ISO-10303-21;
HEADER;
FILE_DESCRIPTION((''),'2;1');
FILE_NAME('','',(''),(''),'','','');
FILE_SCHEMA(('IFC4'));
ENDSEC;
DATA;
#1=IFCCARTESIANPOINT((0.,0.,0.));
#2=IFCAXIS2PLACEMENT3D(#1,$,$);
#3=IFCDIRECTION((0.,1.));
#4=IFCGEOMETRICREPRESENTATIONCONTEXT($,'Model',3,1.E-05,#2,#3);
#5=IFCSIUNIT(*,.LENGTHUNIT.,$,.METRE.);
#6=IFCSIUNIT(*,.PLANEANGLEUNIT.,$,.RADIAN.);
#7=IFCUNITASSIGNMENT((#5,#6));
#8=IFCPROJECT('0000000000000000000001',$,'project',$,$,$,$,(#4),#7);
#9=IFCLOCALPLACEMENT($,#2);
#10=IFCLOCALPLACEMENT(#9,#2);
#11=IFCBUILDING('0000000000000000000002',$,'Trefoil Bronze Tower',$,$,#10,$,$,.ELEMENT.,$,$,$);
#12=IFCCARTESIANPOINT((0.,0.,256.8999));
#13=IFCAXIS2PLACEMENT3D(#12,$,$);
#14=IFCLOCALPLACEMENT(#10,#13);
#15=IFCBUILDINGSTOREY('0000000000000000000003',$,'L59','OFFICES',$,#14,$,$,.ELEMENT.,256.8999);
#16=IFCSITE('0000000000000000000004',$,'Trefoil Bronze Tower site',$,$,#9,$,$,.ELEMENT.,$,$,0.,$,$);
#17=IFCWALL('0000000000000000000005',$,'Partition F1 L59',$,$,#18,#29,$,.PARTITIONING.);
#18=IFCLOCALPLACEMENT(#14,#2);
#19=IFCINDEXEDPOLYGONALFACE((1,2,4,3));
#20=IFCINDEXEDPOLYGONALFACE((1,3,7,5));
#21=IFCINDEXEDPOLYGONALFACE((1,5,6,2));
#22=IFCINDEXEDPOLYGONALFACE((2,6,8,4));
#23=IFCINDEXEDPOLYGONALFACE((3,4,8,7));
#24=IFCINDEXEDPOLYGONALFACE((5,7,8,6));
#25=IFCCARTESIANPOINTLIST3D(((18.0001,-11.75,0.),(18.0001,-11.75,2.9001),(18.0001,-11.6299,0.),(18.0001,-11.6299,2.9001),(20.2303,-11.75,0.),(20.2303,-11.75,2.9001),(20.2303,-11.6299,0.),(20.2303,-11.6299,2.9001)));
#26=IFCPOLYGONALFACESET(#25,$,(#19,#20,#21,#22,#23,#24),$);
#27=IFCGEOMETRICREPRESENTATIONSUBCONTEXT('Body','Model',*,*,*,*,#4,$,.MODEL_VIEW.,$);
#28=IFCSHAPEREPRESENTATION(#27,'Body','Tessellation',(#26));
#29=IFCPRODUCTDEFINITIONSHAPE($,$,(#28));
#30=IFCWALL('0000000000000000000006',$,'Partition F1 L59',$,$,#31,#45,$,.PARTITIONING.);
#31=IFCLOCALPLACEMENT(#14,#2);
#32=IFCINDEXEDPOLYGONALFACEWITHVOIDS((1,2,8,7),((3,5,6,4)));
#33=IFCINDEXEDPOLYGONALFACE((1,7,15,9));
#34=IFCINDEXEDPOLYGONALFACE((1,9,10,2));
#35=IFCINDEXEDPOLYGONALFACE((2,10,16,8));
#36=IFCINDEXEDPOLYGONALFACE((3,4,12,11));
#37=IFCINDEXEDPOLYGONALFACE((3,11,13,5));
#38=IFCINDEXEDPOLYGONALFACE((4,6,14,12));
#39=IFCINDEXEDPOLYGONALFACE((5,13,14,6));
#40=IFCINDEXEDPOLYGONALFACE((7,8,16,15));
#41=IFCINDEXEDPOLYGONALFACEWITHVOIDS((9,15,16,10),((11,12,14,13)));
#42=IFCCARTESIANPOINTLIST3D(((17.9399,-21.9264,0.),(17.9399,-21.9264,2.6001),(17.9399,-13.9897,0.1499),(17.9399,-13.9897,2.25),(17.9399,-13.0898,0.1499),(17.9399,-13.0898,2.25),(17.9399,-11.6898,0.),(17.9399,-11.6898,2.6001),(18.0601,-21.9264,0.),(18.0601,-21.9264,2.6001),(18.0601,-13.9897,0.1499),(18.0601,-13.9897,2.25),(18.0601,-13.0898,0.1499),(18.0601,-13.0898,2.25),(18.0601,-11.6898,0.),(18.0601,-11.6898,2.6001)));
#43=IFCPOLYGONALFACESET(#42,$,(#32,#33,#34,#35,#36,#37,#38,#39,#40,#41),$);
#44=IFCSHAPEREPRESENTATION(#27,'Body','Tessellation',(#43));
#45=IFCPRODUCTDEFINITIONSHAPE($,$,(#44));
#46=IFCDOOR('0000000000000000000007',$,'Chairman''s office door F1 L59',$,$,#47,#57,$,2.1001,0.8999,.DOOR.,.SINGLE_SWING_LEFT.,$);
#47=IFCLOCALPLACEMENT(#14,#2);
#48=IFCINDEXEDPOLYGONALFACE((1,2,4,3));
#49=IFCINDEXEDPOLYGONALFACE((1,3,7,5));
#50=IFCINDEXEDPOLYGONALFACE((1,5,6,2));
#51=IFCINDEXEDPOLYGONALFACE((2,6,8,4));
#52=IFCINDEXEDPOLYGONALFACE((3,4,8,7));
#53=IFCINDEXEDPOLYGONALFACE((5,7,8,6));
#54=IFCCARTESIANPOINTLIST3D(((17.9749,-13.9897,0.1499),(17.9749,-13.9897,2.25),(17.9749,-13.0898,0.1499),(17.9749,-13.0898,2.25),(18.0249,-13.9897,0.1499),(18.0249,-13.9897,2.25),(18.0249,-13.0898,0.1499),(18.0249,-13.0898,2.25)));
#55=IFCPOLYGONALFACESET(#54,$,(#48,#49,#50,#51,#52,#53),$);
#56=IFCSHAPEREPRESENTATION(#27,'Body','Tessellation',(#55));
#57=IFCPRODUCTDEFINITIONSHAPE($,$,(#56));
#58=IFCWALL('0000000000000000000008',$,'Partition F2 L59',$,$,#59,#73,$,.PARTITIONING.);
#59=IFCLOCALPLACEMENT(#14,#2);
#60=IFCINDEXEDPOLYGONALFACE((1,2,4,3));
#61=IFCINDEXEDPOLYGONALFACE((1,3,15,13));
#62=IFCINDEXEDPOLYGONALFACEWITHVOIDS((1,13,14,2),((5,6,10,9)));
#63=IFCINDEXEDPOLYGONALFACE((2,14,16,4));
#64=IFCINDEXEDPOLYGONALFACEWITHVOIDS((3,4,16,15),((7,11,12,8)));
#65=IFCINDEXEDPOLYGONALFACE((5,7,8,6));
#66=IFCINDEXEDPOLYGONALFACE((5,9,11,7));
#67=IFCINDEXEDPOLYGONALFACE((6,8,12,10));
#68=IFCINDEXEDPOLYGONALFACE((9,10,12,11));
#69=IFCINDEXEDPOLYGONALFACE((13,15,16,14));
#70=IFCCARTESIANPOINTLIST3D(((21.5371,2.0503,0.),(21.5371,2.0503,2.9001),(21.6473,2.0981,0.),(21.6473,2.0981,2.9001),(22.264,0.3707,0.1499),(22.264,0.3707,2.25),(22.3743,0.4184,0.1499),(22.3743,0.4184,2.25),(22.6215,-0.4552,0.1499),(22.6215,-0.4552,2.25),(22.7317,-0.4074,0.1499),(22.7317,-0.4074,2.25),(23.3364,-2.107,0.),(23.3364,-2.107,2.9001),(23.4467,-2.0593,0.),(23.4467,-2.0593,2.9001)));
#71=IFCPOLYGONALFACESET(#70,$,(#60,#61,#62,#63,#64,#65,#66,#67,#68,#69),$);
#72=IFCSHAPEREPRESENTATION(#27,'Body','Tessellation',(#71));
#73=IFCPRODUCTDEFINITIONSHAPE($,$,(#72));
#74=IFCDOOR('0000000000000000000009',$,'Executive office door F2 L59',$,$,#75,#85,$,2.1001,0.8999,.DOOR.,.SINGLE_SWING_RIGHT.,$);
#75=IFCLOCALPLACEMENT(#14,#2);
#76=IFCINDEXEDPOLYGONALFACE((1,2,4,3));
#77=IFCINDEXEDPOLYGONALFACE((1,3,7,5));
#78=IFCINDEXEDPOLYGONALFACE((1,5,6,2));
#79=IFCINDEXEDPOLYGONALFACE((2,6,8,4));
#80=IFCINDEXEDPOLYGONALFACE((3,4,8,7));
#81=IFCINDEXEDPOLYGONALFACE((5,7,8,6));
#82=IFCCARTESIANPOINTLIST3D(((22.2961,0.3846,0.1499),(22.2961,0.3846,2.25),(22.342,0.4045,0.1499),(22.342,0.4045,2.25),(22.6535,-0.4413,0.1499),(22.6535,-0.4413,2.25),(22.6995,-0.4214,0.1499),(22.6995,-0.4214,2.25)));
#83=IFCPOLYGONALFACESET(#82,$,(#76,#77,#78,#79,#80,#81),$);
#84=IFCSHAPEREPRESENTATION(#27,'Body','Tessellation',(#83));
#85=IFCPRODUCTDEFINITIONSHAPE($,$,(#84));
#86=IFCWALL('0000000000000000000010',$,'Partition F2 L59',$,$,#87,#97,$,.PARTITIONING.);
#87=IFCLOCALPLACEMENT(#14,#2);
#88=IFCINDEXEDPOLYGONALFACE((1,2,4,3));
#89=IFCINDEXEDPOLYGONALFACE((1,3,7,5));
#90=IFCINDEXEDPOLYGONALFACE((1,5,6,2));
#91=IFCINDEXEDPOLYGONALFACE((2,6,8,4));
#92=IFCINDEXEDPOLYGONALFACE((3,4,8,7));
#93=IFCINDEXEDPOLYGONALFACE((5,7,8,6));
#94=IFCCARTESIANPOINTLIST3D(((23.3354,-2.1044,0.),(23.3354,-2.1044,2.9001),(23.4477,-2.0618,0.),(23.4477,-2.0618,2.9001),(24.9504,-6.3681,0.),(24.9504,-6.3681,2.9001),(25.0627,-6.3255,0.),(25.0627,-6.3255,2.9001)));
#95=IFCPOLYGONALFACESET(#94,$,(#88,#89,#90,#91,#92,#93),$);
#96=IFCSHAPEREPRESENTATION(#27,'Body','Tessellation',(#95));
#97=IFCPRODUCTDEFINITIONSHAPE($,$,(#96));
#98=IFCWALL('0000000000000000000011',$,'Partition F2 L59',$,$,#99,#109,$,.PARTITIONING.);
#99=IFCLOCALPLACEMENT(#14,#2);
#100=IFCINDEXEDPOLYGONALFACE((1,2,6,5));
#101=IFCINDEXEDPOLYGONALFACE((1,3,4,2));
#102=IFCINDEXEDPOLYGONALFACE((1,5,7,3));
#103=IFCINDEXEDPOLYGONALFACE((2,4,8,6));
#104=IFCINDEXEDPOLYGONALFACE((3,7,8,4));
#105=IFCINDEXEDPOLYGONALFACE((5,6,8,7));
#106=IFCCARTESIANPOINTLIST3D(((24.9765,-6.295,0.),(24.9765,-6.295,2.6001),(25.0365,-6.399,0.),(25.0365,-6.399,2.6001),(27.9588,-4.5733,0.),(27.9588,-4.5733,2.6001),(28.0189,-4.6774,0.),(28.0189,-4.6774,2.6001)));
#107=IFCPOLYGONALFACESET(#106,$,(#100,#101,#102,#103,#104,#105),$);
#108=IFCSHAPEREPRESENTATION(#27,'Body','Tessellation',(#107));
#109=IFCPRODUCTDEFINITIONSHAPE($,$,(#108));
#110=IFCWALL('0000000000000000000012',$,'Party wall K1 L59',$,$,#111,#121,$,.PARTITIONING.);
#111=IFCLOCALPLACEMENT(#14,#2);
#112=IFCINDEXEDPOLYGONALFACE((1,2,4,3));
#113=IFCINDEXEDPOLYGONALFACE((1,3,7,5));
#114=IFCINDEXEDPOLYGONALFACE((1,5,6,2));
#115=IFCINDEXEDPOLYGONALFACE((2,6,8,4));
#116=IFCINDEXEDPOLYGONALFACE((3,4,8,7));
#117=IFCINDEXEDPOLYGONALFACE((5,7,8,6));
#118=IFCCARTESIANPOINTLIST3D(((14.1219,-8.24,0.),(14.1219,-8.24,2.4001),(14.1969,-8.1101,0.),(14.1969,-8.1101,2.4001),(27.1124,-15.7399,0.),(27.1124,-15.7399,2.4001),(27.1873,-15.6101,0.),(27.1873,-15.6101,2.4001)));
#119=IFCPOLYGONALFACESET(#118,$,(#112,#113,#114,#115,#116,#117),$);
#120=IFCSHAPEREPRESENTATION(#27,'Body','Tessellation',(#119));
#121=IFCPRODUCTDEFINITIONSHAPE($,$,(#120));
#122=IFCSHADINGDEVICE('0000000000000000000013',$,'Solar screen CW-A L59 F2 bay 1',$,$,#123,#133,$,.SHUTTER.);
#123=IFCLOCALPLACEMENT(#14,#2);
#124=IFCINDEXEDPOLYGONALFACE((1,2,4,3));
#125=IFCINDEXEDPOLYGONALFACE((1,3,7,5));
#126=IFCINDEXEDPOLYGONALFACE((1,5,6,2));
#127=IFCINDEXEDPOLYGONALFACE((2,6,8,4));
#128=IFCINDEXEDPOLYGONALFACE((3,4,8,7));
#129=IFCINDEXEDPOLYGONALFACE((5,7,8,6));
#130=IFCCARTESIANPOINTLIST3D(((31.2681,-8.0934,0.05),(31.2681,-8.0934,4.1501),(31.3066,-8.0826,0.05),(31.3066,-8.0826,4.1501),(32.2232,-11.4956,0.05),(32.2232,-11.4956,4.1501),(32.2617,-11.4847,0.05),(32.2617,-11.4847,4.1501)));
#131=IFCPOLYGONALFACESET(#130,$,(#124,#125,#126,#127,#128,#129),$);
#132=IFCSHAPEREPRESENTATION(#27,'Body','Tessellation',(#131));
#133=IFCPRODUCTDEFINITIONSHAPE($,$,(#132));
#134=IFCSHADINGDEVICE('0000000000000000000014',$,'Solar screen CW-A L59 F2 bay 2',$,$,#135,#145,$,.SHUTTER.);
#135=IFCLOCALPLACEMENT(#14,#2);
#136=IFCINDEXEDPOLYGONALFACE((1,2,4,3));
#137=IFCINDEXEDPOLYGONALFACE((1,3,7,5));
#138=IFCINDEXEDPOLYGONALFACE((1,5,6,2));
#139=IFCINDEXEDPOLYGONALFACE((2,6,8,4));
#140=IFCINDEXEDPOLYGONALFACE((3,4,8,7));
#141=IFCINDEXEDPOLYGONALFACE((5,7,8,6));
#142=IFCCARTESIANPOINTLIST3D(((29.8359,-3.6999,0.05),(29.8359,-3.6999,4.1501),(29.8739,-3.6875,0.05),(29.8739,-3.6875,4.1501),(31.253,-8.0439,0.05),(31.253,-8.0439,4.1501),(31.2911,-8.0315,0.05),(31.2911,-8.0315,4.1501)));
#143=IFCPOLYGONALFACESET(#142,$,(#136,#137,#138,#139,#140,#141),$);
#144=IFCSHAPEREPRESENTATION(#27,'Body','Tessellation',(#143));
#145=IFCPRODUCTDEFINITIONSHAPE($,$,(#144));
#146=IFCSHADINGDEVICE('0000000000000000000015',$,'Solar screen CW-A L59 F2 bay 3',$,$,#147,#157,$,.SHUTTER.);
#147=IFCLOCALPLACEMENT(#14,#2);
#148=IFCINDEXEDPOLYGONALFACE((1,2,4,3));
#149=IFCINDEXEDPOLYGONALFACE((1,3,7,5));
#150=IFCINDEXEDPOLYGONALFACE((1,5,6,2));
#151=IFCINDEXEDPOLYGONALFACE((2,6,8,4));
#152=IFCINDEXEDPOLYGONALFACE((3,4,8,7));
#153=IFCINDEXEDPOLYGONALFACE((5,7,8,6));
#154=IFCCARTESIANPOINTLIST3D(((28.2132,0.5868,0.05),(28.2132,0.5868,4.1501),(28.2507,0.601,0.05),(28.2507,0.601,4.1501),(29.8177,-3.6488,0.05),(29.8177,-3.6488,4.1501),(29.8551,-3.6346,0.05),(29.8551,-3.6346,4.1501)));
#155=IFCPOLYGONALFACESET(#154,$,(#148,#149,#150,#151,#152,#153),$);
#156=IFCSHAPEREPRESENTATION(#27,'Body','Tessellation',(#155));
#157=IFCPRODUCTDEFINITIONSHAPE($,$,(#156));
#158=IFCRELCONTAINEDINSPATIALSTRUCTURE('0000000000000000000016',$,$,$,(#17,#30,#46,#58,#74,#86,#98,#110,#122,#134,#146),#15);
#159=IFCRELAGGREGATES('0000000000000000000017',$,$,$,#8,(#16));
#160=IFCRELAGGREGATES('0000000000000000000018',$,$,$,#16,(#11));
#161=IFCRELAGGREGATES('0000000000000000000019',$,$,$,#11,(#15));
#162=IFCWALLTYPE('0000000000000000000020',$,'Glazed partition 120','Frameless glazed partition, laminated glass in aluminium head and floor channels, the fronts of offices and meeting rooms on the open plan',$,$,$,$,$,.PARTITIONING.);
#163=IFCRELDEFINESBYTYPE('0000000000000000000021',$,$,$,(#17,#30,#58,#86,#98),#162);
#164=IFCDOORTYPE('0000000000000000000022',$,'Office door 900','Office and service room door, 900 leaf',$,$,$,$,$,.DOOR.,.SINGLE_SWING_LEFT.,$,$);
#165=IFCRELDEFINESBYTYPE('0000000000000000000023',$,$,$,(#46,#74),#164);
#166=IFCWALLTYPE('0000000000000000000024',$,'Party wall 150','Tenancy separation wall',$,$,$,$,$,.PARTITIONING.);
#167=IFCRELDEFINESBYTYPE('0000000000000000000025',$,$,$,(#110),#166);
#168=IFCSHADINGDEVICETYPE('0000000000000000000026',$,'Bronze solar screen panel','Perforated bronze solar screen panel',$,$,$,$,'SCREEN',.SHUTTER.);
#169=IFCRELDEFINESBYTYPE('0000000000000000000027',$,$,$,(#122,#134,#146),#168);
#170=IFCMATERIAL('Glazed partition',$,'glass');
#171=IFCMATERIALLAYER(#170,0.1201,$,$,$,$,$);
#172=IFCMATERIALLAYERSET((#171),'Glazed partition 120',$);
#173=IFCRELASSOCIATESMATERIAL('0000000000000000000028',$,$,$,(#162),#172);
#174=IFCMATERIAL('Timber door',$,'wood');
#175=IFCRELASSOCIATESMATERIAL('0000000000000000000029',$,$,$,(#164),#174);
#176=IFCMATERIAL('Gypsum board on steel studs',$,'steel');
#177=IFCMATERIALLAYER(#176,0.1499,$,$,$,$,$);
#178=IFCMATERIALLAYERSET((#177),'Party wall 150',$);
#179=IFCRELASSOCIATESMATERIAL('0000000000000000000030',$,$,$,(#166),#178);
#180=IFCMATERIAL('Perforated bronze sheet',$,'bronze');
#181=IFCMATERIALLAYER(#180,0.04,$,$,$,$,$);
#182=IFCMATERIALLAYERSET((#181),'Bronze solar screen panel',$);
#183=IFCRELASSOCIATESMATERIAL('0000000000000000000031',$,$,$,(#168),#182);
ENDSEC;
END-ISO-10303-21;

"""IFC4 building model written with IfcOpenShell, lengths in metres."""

from ifc_helpers import new_model, si_unit, direction, frame, frame_2d, origin, origin_2d, place, context, subcontext, project, spatial, rectangle, extrude, material, layer, layer_set, type_object, element, fill, save


model = new_model("IFC4")

# Units and contexts
model_context = context("Model", 3, precision=1e-05, world=origin(), true_north=direction((0.0, 1.0)))
body_context = subcontext(model_context, "Body", "Model", "MODEL_VIEW")
ifc_project = project(units=[si_unit("LENGTHUNIT", "METRE"), si_unit("PLANEANGLEUNIT", "RADIAN")], contexts=[model_context])

# Site, building, storey
site_placement = place(None, origin())
site = spatial("IfcSite", under=ifc_project, at=site_placement, Name="Trefoil Bronze Tower site", CompositionType="ELEMENT", RefElevation=0.0)
building_placement = place(site_placement, origin())
building = spatial("IfcBuilding", under=site, at=building_placement, Name="Trefoil Bronze Tower", CompositionType="ELEMENT")
storey_placement = place(building_placement, frame((0.0, 0.0, 256.8999)))
storey = spatial("IfcBuildingStorey", under=building, at=storey_placement, Name="L59", Description="OFFICES", CompositionType="ELEMENT", Elevation=256.8999)

# Wall
ifc_material_1 = material(Name="Glazed partition", Category="glass")
ifc_layer_1 = layer(ifc_material_1, 0.1201)
ifc_layer_set_1 = layer_set([ifc_layer_1], Name="Glazed partition 120")
wall_type_1 = type_object("IfcWallType", Name="Glazed partition 120", Description="Frameless glazed partition, laminated glass in aluminium head and floor channels, the fronts of offices and meeting rooms on the open plan", PredefinedType="PARTITIONING", material=ifc_layer_set_1)
wall_1_placement = place(storey_placement, frame((18.0, -11.6899, 0.0), z_axis=(0.0, 0.0, 1.0), x_axis=(1.0, 0.0, 0.0)))
element("IfcWall", 1, at=wall_1_placement, inside=storey, type_object=wall_type_1, Name="Partition F1 L59", PredefinedType="PARTITIONING", context=body_context, shape_type="SweptSolid", body=[
    extrude(rectangle(XDim=2.2302, YDim=0.1201, at=frame_2d((1.1152, 0.0))), origin(), (0.0, 0.0, 1.0), 2.9001),
])

# Walls, openings, doors
wall_2_placement = place(storey_placement, frame((18.0, -11.6899, 0.0), z_axis=(0.0, 0.0, 1.0), x_axis=(0.0, -1.0, 0.0)))
wall_2 = element("IfcWall", 2, at=wall_2_placement, inside=storey, type_object=wall_type_1, Name="Partition F1 L59", PredefinedType="PARTITIONING", context=body_context, shape_type="SweptSolid", body=[
    extrude(rectangle(XDim=10.2366, YDim=0.1201, at=frame_2d((5.1182, 0.0))), origin(), (0.0, 0.0, 1.0), 2.6001),
])
opening_1_placement = place(wall_2_placement, frame((1.3999, 0.0, 0.1499)))
opening_1 = element("IfcOpeningElement", 3, at=opening_1_placement, cuts=wall_2, PredefinedType="OPENING", context=body_context, shape_type="SweptSolid", body=[
    extrude(rectangle(XDim=0.8999, YDim=2.1001, at=frame_2d((0.45, 1.05))), frame((0.0, 0.0701, 0.0), z_axis=(0.0, -1.0, 0.0), x_axis=(1.0, 0.0, 0.0)), (0.0, 0.0, 1.0), 0.1401),
])
ifc_material_2 = material(Name="Timber door", Category="wood")
door_type_1 = type_object("IfcDoorType", Name="Office door 900", Description="Office and service room door, 900 leaf", OperationType="SINGLE_SWING_LEFT", PredefinedType="DOOR", material=ifc_material_2)
door_1_placement = place(opening_1_placement, origin())
door_1 = element("IfcDoor", 4, at=door_1_placement, inside=storey, type_object=door_type_1, Name="Chairman's office door F1 L59", OperationType="SINGLE_SWING_LEFT", OverallHeight=2.1001, OverallWidth=0.8999, PredefinedType="DOOR", context=body_context, shape_type="SweptSolid", body=[
    extrude(rectangle(XDim=0.8999, YDim=2.1001, at=frame_2d((0.45, 1.05))), frame((0.0, 0.0249, 0.0), z_axis=(0.0, -1.0, 0.0), x_axis=(1.0, 0.0, 0.0)), (0.0, 0.0, 1.0), 0.05),
])
fill(opening_1, door_1)
wall_3_placement = place(storey_placement, frame((23.3916, -2.0833, 0.0), z_axis=(0.0, 0.0, 1.0), x_axis=(-0.397208, 0.917729, 0.0)))
wall_3 = element("IfcWall", 5, at=wall_3_placement, inside=storey, type_object=wall_type_1, Name="Partition F2 L59", PredefinedType="PARTITIONING", context=body_context, shape_type="SweptSolid", body=[
    extrude(rectangle(XDim=4.53, YDim=0.1201, at=frame_2d((2.2651, 0.0))), origin(), (0.0, 0.0, 1.0), 2.9001),
])
opening_2_placement = place(wall_3_placement, frame((1.8, 0.0, 0.1499)))
opening_2 = element("IfcOpeningElement", 6, at=opening_2_placement, cuts=wall_3, PredefinedType="OPENING", context=body_context, shape_type="SweptSolid", body=[
    extrude(rectangle(XDim=0.8999, YDim=2.1001, at=frame_2d((0.45, 1.05))), frame((0.0, 0.0701, 0.0), z_axis=(0.0, -1.0, 0.0), x_axis=(1.0, 0.0, 0.0)), (0.0, 0.0, 1.0), 0.1401),
])
door_2_placement = place(opening_2_placement, frame((0.8999, 0.0, 0.0), z_axis=(0.0, 0.0, 1.0), x_axis=(-1.0, 0.0, 0.0)))
door_2 = element("IfcDoor", 7, at=door_2_placement, inside=storey, type_object=door_type_1, Name="Executive office door F2 L59", OperationType="SINGLE_SWING_RIGHT", OverallHeight=2.1001, OverallWidth=0.8999, PredefinedType="DOOR", context=body_context, shape_type="SweptSolid", body=[
    extrude(rectangle(XDim=0.8999, YDim=2.1001, at=frame_2d((0.45, 1.05))), frame((0.0, 0.0249, 0.0), z_axis=(0.0, -1.0, 0.0), x_axis=(1.0, 0.0, 0.0)), (0.0, 0.0, 1.0), 0.05),
])
fill(opening_2, door_2)

# Walls
wall_4_placement = place(storey_placement, frame((25.0066, -6.3469, 0.0), z_axis=(0.0, 0.0, 1.0), x_axis=(-0.35422, 0.935162, 0.0)))
element("IfcWall", 8, at=wall_4_placement, inside=storey, type_object=wall_type_1, Name="Partition F2 L59", PredefinedType="PARTITIONING", context=body_context, shape_type="SweptSolid", body=[
    extrude(rectangle(XDim=4.5593, YDim=0.1201, at=frame_2d((2.2798, 0.0))), origin(), (0.0, 0.0, 1.0), 2.9001),
])
wall_5_placement = place(storey_placement, frame((25.0066, -6.3469, 0.0), z_axis=(0.0, 0.0, 1.0), x_axis=(0.866053, 0.499952, 0.0)))
element("IfcWall", 9, at=wall_5_placement, inside=storey, type_object=wall_type_1, Name="Partition F2 L59", PredefinedType="PARTITIONING", context=body_context, shape_type="SweptSolid", body=[
    extrude(rectangle(XDim=3.4436, YDim=0.1201, at=frame_2d((1.7217, 0.0))), origin(), (0.0, 0.0, 1.0), 2.6001),
])
ifc_material_3 = material(Name="Gypsum board on steel studs", Category="steel")
ifc_layer_2 = layer(ifc_material_3, 0.1499)
ifc_layer_set_2 = layer_set([ifc_layer_2], Name="Party wall 150")
wall_type_2 = type_object("IfcWallType", Name="Party wall 150", Description="Tenancy separation wall", PredefinedType="PARTITIONING", material=ifc_layer_set_2)
wall_6_placement = place(storey_placement, frame((14.1594, -8.175, 0.0), z_axis=(0.0, 0.0, 1.0), x_axis=(0.866027, -0.499997, 0.0)))
element("IfcWall", 10, at=wall_6_placement, inside=storey, type_object=wall_type_2, Name="Party wall K1 L59", PredefinedType="PARTITIONING", context=body_context, shape_type="SweptSolid", body=[
    extrude(rectangle(XDim=15.0, YDim=0.1499, at=frame_2d((7.5, 0.0))), origin(), (0.0, 0.0, 1.0), 2.4001),
])

# Shading devices
ifc_material_4 = material(Name="Perforated bronze sheet", Category="bronze")
ifc_layer_3 = layer(ifc_material_4, 0.04)
ifc_layer_set_3 = layer_set([ifc_layer_3], Name="Bronze solar screen panel")
shading_device_type = type_object("IfcShadingDeviceType", Name="Bronze solar screen panel", Description="Perforated bronze solar screen panel", ElementType="SCREEN", PredefinedType="SHUTTER", material=ifc_layer_set_3)
shading_device_1_placement = place(storey_placement, frame((31.7649, -9.7891, 0.05), z_axis=(0.0, 0.0, 1.0), x_axis=(-0.270282, 0.962781, 0.0)))
element("IfcShadingDevice", 11, at=shading_device_1_placement, inside=storey, type_object=shading_device_type, Name="Solar screen CW-A L59 F2 bay 1", PredefinedType="SHUTTER", context=body_context, shape_type="SweptSolid", body=[
    extrude(rectangle(XDim=3.5337, YDim=0.04, at=origin_2d()), origin(), (0.0, 0.0, 1.0), 4.1001),
])
shading_device_2_placement = place(storey_placement, frame((30.5635, -5.8657, 0.05), z_axis=(0.0, 0.0, 1.0), x_axis=(-0.310149, 0.950688, 0.0)))
element("IfcShadingDevice", 12, at=shading_device_2_placement, inside=storey, type_object=shading_device_type, Name="Solar screen CW-A L59 F2 bay 2", PredefinedType="SHUTTER", context=body_context, shape_type="SweptSolid", body=[
    extrude(rectangle(XDim=4.5693, YDim=0.04, at=origin_2d()), origin(), (0.0, 0.0, 1.0), 4.1001),
])
shading_device_3_placement = place(storey_placement, frame((29.0342, -1.5239, 0.05), z_axis=(0.0, 0.0, 1.0), x_axis=(-0.354234, 0.935157, 0.0)))
element("IfcShadingDevice", 13, at=shading_device_3_placement, inside=storey, type_object=shading_device_type, Name="Solar screen CW-A L59 F2 bay 3", PredefinedType="SHUTTER", context=body_context, shape_type="SweptSolid", body=[
    extrude(rectangle(XDim=4.5293, YDim=0.04, at=origin_2d()), origin(), (0.0, 0.0, 1.0), 4.1001),
])

save(model, "model.ifc")
